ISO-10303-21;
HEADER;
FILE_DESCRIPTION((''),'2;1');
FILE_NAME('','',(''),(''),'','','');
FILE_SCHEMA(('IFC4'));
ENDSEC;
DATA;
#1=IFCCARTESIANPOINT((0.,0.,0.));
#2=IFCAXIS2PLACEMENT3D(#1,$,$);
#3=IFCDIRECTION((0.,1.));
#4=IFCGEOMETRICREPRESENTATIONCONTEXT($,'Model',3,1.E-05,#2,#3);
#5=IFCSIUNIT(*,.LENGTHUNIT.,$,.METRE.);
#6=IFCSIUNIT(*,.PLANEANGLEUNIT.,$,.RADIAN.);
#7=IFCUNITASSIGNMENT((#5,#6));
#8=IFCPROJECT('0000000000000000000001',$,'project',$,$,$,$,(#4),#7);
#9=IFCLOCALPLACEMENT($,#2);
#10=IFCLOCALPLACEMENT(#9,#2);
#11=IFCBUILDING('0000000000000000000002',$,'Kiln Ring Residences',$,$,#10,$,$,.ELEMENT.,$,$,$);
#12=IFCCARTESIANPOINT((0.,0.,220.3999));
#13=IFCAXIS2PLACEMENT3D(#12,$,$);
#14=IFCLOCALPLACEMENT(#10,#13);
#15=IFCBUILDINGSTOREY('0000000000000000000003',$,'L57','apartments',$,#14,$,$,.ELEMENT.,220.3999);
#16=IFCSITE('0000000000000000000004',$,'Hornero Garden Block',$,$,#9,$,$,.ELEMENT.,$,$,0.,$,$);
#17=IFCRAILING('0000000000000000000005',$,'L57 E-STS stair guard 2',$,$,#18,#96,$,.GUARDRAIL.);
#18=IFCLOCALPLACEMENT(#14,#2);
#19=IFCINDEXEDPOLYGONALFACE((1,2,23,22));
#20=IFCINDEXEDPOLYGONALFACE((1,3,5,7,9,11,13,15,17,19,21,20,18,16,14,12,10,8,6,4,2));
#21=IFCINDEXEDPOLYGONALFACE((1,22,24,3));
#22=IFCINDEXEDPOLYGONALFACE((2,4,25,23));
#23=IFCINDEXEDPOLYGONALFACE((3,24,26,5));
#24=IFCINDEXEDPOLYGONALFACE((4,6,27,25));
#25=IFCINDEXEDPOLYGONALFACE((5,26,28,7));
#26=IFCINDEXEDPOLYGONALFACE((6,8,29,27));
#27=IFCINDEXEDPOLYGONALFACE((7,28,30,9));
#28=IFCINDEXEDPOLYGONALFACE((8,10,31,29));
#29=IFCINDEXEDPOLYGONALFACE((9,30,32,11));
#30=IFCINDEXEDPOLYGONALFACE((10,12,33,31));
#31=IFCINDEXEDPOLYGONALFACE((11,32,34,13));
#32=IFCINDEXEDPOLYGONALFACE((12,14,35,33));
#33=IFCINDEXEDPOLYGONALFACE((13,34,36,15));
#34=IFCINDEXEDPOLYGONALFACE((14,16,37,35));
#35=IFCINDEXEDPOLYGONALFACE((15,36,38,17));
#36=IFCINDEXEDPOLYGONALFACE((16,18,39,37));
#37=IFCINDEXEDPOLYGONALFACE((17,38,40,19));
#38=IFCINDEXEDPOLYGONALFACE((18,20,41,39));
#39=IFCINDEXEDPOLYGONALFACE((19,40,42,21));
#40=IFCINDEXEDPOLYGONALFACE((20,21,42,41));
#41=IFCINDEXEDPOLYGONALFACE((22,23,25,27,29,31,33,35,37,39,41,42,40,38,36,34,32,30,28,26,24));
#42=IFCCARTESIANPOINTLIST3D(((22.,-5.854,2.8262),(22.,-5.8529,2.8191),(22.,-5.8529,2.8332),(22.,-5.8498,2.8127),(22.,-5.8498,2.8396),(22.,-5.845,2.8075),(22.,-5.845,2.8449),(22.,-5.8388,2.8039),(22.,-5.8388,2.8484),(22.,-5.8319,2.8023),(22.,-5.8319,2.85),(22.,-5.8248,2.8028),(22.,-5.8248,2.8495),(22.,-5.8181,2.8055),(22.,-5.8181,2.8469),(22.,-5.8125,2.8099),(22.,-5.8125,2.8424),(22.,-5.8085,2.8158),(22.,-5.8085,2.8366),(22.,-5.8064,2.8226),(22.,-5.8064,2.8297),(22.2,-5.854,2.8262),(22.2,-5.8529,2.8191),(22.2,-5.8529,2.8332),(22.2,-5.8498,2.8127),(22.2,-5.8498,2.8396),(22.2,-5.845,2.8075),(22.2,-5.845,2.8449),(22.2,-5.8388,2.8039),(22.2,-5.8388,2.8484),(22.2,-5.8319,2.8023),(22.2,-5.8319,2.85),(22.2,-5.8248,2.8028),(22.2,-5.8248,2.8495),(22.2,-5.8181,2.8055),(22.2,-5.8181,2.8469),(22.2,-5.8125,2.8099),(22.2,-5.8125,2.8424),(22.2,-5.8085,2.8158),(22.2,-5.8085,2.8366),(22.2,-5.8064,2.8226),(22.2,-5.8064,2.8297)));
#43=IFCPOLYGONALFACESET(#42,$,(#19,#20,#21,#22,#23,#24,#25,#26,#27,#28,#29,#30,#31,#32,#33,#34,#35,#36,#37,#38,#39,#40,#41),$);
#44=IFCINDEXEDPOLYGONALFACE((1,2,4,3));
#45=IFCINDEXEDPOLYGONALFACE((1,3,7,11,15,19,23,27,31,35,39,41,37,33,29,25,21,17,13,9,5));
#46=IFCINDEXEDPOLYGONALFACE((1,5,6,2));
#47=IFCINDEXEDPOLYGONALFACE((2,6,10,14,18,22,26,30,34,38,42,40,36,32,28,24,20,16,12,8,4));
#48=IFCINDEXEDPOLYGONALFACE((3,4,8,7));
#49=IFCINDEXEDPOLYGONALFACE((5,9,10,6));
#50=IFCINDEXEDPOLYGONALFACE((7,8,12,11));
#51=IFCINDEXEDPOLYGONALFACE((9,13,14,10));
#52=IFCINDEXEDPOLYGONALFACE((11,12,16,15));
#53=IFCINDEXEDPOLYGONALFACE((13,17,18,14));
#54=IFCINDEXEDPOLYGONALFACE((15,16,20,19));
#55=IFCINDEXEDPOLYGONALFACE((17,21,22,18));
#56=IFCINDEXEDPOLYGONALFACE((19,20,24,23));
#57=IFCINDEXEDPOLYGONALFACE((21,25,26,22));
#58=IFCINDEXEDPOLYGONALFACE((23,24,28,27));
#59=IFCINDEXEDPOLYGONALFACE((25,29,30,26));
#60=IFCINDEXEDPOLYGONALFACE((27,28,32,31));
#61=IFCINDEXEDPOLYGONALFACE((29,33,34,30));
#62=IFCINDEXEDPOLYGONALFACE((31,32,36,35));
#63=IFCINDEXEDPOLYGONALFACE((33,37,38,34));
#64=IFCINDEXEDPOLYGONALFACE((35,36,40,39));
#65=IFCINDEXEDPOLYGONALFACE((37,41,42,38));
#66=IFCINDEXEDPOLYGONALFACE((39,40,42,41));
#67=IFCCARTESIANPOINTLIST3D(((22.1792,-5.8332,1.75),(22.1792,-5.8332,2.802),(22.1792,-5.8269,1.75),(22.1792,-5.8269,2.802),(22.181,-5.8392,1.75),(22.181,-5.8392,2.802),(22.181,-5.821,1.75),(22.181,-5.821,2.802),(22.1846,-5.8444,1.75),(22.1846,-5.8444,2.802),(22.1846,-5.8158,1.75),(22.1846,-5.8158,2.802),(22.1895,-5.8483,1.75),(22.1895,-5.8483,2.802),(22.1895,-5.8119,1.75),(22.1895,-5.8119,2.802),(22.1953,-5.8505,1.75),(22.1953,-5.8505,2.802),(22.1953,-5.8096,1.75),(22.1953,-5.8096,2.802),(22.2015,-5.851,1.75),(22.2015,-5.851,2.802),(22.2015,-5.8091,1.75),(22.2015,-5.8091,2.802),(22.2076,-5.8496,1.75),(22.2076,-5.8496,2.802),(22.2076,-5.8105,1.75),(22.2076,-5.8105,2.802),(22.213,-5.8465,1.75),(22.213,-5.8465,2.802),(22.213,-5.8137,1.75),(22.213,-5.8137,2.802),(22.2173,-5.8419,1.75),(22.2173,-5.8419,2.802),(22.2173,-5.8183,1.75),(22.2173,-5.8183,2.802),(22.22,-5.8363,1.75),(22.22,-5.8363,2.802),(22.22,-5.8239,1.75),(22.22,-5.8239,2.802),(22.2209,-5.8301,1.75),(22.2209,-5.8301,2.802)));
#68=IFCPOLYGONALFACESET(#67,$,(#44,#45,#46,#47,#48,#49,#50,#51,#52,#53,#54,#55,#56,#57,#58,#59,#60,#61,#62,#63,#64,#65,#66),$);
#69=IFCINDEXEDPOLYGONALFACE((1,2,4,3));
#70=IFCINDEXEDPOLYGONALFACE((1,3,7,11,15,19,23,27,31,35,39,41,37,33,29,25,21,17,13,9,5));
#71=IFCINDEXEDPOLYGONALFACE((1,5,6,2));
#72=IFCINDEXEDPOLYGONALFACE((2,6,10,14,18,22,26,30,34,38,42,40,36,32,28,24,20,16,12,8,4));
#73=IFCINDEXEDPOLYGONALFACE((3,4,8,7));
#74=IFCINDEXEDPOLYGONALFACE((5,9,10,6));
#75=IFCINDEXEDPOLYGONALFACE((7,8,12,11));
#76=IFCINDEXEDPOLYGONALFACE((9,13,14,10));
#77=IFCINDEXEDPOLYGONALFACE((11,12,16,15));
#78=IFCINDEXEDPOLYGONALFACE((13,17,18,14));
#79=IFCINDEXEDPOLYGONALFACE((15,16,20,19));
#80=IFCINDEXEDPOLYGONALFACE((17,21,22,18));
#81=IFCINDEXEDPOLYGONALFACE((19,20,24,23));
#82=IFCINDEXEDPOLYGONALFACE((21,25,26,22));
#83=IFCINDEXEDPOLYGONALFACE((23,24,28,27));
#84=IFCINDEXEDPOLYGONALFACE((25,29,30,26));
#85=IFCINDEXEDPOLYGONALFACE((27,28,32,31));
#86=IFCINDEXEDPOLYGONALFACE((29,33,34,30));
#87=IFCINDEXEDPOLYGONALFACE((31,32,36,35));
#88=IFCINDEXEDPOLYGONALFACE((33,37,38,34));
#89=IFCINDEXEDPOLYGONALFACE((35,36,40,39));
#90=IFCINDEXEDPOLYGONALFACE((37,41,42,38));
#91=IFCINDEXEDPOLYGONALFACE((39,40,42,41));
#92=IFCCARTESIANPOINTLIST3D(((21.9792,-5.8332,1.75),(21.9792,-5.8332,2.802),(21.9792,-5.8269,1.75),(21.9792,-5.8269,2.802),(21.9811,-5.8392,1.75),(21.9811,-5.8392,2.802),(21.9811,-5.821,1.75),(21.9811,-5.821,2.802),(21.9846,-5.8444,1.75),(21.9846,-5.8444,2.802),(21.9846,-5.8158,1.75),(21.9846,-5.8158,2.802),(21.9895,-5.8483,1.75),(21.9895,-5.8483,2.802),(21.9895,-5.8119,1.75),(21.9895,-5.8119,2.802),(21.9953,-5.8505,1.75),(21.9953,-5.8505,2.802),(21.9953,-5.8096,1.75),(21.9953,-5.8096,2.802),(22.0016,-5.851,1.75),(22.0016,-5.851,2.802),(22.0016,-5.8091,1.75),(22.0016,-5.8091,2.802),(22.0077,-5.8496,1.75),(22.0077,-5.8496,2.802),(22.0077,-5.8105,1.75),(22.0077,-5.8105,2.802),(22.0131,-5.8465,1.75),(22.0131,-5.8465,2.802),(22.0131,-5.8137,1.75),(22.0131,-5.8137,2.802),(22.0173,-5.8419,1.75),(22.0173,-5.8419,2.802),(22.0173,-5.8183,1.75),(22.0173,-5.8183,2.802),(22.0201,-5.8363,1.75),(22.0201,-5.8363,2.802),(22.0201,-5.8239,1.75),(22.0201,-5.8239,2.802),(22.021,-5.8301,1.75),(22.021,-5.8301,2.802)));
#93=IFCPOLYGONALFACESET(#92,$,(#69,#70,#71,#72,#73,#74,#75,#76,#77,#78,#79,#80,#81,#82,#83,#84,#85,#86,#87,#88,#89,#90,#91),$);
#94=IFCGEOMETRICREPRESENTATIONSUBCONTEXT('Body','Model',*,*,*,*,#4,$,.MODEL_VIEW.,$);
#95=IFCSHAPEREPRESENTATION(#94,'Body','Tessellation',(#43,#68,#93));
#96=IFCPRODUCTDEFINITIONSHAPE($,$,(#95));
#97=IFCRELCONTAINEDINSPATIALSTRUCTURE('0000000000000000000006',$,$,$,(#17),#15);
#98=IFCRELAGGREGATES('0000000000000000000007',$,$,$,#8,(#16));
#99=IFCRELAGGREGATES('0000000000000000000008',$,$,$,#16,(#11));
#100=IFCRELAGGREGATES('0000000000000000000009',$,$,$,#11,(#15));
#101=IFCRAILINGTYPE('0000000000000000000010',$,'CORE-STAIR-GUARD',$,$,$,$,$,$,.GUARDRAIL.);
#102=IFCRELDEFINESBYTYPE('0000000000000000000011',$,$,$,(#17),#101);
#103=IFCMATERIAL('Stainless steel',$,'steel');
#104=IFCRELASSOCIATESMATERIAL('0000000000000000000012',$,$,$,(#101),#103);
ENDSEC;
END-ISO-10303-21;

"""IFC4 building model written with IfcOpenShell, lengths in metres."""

from ifc_helpers import new_model, si_unit, direction, frame, origin, origin_2d, place, context, subcontext, project, spatial, circle, extrude, material, type_object, element, save


model = new_model("IFC4")

# Units and contexts
model_context = context("Model", 3, precision=1e-05, world=origin(), true_north=direction((0.0, 1.0)))
body_context = subcontext(model_context, "Body", "Model", "MODEL_VIEW")
ifc_project = project(units=[si_unit("LENGTHUNIT", "METRE"), si_unit("PLANEANGLEUNIT", "RADIAN")], contexts=[model_context])

# Site, building, storey
site_placement = place(None, origin())
site = spatial("IfcSite", under=ifc_project, at=site_placement, Name="Hornero Garden Block", CompositionType="ELEMENT", RefElevation=0.0)
building_placement = place(site_placement, origin())
building = spatial("IfcBuilding", under=site, at=building_placement, Name="Kiln Ring Residences", CompositionType="ELEMENT")
storey_placement = place(building_placement, frame((0.0, 0.0, 220.3999)))
storey = spatial("IfcBuildingStorey", under=building, at=storey_placement, Name="L57", Description="apartments", CompositionType="ELEMENT", Elevation=220.3999)

# Railing
ifc_material_1 = material(Name="Stainless steel", Category="steel")
railing_type_1 = type_object("IfcRailingType", Name="CORE-STAIR-GUARD", PredefinedType="GUARDRAIL", material=ifc_material_1)
railing_1_placement = place(storey_placement, frame((22.2, -5.8301, 1.75)))
element("IfcRailing", 1, at=railing_1_placement, inside=storey, type_object=railing_type_1, Name="L57 E-STS stair guard 2", PredefinedType="GUARDRAIL", context=body_context, shape_type="SweptSolid", body=[
    extrude(circle(Radius=0.0239, at=origin_2d()), frame((0.0, 0.0, 1.0762), z_axis=(-1.0, 0.0, 0.0), x_axis=(0.0, -1.0, 0.0)), (0.0, 0.0, 1.0), 0.2),
    extrude(circle(Radius=0.021, at=origin_2d()), origin(), (0.0, 0.0, 1.0), 1.052),
    extrude(circle(Radius=0.021, at=origin_2d()), frame((-0.2, 0.0, 0.0)), (0.0, 0.0, 1.0), 1.052),
])

save(model, "model.ifc")
